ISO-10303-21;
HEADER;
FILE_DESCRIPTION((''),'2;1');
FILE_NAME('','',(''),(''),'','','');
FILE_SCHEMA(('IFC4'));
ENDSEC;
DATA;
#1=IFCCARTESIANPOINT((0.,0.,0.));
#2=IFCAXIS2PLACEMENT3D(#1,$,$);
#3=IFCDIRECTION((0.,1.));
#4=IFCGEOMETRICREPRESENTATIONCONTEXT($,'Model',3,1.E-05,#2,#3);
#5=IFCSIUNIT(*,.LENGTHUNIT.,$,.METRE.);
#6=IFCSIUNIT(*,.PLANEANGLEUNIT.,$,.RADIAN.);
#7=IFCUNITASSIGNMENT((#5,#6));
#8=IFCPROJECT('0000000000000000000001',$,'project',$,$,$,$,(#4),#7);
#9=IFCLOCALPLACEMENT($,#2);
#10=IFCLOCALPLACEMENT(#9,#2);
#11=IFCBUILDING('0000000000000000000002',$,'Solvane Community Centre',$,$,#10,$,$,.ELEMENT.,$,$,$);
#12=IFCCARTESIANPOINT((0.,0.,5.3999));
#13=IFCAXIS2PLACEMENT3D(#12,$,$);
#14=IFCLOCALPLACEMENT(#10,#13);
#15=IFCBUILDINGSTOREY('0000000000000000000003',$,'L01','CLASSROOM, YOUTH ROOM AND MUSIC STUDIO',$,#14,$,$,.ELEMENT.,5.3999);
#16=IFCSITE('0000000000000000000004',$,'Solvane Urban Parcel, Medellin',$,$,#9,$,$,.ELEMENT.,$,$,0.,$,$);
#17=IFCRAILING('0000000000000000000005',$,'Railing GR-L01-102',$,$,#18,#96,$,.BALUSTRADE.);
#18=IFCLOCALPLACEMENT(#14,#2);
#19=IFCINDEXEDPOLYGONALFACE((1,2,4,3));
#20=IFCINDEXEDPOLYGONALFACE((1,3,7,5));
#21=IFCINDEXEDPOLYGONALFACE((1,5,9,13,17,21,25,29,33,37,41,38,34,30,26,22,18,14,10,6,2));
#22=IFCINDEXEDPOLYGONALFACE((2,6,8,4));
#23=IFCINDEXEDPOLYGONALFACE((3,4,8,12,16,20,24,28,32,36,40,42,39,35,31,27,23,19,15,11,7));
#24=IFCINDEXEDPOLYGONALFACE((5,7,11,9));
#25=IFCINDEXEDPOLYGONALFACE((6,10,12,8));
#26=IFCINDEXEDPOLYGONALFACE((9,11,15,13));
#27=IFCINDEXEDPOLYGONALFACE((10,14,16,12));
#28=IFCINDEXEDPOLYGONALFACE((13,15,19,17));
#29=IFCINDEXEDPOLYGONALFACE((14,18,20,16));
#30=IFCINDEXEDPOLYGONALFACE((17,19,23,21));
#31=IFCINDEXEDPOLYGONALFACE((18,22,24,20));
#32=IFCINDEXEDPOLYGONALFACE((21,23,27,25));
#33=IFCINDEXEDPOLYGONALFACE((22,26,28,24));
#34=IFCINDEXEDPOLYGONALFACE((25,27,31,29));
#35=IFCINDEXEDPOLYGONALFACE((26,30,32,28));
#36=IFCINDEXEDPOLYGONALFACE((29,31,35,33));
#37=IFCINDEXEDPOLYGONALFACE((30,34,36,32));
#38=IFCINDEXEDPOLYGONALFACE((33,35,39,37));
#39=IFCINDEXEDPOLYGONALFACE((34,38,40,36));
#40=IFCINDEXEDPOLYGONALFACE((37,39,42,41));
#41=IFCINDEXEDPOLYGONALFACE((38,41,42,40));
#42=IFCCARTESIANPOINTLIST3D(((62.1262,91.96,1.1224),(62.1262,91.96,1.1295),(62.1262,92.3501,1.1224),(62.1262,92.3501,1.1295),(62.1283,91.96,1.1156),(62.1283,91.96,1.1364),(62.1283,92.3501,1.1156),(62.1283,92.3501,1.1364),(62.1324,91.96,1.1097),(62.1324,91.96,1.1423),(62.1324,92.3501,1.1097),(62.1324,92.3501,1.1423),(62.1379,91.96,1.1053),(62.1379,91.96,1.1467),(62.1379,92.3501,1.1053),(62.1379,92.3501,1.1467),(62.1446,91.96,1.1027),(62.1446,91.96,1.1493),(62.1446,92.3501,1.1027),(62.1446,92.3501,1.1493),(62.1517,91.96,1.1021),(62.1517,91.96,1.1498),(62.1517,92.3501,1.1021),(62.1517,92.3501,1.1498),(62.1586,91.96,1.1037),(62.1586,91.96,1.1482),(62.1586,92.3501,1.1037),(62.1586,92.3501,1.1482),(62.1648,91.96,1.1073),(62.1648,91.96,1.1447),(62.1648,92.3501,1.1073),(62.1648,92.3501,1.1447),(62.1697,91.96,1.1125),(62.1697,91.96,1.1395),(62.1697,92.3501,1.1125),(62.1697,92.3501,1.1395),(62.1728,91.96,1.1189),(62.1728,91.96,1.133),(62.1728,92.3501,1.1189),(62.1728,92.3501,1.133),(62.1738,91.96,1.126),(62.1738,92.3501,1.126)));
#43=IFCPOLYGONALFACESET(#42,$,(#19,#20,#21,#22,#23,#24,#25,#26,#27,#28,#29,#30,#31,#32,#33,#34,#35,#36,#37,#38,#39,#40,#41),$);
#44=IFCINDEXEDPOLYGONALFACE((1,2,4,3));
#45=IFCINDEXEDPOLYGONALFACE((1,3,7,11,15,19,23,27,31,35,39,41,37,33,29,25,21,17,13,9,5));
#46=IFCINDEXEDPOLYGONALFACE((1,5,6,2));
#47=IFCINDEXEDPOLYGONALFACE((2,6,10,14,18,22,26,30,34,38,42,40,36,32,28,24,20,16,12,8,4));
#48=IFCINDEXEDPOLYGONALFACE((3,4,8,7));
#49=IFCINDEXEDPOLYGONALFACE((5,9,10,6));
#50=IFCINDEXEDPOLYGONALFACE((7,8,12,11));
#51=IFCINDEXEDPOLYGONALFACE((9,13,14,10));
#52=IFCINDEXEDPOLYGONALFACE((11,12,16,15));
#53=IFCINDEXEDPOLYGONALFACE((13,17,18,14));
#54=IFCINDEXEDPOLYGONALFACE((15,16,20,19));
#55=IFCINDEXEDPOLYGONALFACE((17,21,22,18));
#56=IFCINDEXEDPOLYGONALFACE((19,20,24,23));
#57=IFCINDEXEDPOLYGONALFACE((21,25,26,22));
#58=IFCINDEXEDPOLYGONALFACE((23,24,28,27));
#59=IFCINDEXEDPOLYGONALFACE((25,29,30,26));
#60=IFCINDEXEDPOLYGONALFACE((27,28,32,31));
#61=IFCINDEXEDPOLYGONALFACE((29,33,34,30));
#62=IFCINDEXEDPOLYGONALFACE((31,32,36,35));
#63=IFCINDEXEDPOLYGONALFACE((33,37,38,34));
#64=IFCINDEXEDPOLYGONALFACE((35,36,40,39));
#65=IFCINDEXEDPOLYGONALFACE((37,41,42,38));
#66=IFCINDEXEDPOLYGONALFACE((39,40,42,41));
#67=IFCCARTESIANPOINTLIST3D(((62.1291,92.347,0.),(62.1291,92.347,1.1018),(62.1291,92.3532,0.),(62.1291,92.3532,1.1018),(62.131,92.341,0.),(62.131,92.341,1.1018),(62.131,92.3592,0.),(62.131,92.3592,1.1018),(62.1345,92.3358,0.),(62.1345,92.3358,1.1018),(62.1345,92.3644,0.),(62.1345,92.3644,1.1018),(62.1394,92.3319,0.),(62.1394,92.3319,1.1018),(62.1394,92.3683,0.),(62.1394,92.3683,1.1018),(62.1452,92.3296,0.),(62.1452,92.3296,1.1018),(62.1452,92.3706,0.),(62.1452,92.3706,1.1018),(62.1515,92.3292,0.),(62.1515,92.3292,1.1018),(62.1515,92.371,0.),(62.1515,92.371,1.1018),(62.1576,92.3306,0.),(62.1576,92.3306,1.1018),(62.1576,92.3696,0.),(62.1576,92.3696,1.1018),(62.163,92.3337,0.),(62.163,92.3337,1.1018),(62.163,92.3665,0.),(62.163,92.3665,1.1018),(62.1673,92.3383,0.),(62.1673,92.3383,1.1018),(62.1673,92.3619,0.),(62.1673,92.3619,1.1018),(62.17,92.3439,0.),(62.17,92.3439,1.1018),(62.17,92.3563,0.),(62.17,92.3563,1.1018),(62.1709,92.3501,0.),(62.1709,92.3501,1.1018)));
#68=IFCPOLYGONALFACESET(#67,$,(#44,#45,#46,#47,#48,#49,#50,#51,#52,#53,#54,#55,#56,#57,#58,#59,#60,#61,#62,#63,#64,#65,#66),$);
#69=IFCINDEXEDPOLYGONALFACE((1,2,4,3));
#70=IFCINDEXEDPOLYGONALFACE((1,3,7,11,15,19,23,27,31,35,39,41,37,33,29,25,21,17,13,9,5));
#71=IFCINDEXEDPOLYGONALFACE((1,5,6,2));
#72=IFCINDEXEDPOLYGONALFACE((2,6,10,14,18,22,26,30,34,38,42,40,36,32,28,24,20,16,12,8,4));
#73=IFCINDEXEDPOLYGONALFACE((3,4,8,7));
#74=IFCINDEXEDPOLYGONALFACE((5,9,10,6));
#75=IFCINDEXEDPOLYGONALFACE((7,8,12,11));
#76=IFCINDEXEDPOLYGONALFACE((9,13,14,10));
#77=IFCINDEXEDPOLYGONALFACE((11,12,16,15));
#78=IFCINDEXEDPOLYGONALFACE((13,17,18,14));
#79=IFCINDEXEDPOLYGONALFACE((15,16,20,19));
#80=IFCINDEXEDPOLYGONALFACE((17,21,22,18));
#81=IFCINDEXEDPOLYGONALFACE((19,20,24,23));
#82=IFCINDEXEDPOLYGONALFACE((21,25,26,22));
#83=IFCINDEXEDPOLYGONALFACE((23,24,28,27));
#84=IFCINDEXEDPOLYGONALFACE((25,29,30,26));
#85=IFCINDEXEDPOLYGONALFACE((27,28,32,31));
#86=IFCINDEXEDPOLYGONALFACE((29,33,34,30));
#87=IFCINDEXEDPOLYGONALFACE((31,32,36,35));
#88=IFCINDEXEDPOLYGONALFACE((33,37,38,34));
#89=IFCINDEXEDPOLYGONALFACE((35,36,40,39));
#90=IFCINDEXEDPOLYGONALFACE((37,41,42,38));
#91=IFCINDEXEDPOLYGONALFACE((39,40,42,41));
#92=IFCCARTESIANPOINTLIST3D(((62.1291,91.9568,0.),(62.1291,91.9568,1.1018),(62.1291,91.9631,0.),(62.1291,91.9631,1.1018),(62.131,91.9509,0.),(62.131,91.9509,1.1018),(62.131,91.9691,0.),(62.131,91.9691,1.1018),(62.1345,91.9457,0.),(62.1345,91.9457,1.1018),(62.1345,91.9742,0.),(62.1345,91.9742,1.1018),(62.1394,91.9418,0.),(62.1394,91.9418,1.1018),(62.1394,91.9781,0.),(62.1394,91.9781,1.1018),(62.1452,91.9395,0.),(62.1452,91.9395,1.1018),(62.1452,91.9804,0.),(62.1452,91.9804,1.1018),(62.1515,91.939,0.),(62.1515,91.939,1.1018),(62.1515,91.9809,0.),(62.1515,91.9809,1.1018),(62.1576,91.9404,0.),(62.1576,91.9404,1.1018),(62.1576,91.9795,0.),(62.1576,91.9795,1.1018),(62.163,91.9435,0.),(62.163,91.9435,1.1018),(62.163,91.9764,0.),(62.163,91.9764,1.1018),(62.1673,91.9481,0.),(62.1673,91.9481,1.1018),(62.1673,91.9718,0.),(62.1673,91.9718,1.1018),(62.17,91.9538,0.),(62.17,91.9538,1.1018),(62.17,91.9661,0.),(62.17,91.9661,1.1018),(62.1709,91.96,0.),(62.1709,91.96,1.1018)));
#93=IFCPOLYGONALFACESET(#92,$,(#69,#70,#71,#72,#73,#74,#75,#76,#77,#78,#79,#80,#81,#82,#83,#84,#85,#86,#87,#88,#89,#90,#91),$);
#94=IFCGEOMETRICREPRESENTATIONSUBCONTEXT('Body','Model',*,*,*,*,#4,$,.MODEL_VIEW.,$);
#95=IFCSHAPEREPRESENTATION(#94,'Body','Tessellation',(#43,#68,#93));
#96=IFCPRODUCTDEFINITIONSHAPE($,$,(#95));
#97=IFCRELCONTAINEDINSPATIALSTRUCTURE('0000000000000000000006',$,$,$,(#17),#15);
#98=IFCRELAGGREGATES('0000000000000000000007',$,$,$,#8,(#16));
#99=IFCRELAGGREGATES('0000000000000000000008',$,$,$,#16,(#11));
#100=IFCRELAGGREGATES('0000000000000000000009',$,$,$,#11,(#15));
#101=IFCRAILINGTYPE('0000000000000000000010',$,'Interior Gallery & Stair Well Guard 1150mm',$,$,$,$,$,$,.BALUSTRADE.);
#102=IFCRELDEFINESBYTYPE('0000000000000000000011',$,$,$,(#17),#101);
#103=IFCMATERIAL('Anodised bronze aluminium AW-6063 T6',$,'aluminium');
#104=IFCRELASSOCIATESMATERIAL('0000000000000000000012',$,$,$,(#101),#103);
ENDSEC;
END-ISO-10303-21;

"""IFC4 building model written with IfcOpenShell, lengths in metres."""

from ifc_helpers import new_model, si_unit, direction, frame, origin, origin_2d, place, context, subcontext, project, spatial, circle, extrude, material, type_object, element, save


model = new_model("IFC4")

# Units and contexts
model_context = context("Model", 3, precision=1e-05, world=origin(), true_north=direction((0.0, 1.0)))
body_context = subcontext(model_context, "Body", "Model", "MODEL_VIEW")
ifc_project = project(units=[si_unit("LENGTHUNIT", "METRE"), si_unit("PLANEANGLEUNIT", "RADIAN")], contexts=[model_context])

# Site, building, storey
site_placement = place(None, origin())
site = spatial("IfcSite", under=ifc_project, at=site_placement, Name="Solvane Urban Parcel, Medellin", CompositionType="ELEMENT", RefElevation=0.0)
building_placement = place(site_placement, origin())
building = spatial("IfcBuilding", under=site, at=building_placement, Name="Solvane Community Centre", CompositionType="ELEMENT")
storey_placement = place(building_placement, frame((0.0, 0.0, 5.3999)))
storey = spatial("IfcBuildingStorey", under=building, at=storey_placement, Name="L01", Description="CLASSROOM, YOUTH ROOM AND MUSIC STUDIO", CompositionType="ELEMENT", Elevation=5.3999)

# Shared definitions
ifc_material_1 = material(Name="Anodised bronze aluminium AW-6063 T6", Category="aluminium")

# Railing
railing_type_1 = type_object("IfcRailingType", Name="Interior Gallery & Stair Well Guard 1150mm", PredefinedType="BALUSTRADE", material=ifc_material_1)
railing_1_placement = place(storey_placement, frame((62.1499, 92.3501, 0.0)))
element("IfcRailing", 1, at=railing_1_placement, inside=storey, type_object=railing_type_1, Name="Railing GR-L01-102", PredefinedType="BALUSTRADE", context=body_context, shape_type="SweptSolid", body=[
    extrude(circle(Radius=0.0239, at=origin_2d()), frame((0.0, 0.0, 1.126), z_axis=(0.0, -1.0, 0.0), x_axis=(1.0, 0.0, 0.0)), (0.0, 0.0, 1.0), 0.3901),
    extrude(circle(Radius=0.021, at=origin_2d()), origin(), (0.0, 0.0, 1.0), 1.1018),
    extrude(circle(Radius=0.021, at=origin_2d()), frame((0.0, -0.3901, 0.0)), (0.0, 0.0, 1.0), 1.1018),
])

save(model, "model.ifc")
